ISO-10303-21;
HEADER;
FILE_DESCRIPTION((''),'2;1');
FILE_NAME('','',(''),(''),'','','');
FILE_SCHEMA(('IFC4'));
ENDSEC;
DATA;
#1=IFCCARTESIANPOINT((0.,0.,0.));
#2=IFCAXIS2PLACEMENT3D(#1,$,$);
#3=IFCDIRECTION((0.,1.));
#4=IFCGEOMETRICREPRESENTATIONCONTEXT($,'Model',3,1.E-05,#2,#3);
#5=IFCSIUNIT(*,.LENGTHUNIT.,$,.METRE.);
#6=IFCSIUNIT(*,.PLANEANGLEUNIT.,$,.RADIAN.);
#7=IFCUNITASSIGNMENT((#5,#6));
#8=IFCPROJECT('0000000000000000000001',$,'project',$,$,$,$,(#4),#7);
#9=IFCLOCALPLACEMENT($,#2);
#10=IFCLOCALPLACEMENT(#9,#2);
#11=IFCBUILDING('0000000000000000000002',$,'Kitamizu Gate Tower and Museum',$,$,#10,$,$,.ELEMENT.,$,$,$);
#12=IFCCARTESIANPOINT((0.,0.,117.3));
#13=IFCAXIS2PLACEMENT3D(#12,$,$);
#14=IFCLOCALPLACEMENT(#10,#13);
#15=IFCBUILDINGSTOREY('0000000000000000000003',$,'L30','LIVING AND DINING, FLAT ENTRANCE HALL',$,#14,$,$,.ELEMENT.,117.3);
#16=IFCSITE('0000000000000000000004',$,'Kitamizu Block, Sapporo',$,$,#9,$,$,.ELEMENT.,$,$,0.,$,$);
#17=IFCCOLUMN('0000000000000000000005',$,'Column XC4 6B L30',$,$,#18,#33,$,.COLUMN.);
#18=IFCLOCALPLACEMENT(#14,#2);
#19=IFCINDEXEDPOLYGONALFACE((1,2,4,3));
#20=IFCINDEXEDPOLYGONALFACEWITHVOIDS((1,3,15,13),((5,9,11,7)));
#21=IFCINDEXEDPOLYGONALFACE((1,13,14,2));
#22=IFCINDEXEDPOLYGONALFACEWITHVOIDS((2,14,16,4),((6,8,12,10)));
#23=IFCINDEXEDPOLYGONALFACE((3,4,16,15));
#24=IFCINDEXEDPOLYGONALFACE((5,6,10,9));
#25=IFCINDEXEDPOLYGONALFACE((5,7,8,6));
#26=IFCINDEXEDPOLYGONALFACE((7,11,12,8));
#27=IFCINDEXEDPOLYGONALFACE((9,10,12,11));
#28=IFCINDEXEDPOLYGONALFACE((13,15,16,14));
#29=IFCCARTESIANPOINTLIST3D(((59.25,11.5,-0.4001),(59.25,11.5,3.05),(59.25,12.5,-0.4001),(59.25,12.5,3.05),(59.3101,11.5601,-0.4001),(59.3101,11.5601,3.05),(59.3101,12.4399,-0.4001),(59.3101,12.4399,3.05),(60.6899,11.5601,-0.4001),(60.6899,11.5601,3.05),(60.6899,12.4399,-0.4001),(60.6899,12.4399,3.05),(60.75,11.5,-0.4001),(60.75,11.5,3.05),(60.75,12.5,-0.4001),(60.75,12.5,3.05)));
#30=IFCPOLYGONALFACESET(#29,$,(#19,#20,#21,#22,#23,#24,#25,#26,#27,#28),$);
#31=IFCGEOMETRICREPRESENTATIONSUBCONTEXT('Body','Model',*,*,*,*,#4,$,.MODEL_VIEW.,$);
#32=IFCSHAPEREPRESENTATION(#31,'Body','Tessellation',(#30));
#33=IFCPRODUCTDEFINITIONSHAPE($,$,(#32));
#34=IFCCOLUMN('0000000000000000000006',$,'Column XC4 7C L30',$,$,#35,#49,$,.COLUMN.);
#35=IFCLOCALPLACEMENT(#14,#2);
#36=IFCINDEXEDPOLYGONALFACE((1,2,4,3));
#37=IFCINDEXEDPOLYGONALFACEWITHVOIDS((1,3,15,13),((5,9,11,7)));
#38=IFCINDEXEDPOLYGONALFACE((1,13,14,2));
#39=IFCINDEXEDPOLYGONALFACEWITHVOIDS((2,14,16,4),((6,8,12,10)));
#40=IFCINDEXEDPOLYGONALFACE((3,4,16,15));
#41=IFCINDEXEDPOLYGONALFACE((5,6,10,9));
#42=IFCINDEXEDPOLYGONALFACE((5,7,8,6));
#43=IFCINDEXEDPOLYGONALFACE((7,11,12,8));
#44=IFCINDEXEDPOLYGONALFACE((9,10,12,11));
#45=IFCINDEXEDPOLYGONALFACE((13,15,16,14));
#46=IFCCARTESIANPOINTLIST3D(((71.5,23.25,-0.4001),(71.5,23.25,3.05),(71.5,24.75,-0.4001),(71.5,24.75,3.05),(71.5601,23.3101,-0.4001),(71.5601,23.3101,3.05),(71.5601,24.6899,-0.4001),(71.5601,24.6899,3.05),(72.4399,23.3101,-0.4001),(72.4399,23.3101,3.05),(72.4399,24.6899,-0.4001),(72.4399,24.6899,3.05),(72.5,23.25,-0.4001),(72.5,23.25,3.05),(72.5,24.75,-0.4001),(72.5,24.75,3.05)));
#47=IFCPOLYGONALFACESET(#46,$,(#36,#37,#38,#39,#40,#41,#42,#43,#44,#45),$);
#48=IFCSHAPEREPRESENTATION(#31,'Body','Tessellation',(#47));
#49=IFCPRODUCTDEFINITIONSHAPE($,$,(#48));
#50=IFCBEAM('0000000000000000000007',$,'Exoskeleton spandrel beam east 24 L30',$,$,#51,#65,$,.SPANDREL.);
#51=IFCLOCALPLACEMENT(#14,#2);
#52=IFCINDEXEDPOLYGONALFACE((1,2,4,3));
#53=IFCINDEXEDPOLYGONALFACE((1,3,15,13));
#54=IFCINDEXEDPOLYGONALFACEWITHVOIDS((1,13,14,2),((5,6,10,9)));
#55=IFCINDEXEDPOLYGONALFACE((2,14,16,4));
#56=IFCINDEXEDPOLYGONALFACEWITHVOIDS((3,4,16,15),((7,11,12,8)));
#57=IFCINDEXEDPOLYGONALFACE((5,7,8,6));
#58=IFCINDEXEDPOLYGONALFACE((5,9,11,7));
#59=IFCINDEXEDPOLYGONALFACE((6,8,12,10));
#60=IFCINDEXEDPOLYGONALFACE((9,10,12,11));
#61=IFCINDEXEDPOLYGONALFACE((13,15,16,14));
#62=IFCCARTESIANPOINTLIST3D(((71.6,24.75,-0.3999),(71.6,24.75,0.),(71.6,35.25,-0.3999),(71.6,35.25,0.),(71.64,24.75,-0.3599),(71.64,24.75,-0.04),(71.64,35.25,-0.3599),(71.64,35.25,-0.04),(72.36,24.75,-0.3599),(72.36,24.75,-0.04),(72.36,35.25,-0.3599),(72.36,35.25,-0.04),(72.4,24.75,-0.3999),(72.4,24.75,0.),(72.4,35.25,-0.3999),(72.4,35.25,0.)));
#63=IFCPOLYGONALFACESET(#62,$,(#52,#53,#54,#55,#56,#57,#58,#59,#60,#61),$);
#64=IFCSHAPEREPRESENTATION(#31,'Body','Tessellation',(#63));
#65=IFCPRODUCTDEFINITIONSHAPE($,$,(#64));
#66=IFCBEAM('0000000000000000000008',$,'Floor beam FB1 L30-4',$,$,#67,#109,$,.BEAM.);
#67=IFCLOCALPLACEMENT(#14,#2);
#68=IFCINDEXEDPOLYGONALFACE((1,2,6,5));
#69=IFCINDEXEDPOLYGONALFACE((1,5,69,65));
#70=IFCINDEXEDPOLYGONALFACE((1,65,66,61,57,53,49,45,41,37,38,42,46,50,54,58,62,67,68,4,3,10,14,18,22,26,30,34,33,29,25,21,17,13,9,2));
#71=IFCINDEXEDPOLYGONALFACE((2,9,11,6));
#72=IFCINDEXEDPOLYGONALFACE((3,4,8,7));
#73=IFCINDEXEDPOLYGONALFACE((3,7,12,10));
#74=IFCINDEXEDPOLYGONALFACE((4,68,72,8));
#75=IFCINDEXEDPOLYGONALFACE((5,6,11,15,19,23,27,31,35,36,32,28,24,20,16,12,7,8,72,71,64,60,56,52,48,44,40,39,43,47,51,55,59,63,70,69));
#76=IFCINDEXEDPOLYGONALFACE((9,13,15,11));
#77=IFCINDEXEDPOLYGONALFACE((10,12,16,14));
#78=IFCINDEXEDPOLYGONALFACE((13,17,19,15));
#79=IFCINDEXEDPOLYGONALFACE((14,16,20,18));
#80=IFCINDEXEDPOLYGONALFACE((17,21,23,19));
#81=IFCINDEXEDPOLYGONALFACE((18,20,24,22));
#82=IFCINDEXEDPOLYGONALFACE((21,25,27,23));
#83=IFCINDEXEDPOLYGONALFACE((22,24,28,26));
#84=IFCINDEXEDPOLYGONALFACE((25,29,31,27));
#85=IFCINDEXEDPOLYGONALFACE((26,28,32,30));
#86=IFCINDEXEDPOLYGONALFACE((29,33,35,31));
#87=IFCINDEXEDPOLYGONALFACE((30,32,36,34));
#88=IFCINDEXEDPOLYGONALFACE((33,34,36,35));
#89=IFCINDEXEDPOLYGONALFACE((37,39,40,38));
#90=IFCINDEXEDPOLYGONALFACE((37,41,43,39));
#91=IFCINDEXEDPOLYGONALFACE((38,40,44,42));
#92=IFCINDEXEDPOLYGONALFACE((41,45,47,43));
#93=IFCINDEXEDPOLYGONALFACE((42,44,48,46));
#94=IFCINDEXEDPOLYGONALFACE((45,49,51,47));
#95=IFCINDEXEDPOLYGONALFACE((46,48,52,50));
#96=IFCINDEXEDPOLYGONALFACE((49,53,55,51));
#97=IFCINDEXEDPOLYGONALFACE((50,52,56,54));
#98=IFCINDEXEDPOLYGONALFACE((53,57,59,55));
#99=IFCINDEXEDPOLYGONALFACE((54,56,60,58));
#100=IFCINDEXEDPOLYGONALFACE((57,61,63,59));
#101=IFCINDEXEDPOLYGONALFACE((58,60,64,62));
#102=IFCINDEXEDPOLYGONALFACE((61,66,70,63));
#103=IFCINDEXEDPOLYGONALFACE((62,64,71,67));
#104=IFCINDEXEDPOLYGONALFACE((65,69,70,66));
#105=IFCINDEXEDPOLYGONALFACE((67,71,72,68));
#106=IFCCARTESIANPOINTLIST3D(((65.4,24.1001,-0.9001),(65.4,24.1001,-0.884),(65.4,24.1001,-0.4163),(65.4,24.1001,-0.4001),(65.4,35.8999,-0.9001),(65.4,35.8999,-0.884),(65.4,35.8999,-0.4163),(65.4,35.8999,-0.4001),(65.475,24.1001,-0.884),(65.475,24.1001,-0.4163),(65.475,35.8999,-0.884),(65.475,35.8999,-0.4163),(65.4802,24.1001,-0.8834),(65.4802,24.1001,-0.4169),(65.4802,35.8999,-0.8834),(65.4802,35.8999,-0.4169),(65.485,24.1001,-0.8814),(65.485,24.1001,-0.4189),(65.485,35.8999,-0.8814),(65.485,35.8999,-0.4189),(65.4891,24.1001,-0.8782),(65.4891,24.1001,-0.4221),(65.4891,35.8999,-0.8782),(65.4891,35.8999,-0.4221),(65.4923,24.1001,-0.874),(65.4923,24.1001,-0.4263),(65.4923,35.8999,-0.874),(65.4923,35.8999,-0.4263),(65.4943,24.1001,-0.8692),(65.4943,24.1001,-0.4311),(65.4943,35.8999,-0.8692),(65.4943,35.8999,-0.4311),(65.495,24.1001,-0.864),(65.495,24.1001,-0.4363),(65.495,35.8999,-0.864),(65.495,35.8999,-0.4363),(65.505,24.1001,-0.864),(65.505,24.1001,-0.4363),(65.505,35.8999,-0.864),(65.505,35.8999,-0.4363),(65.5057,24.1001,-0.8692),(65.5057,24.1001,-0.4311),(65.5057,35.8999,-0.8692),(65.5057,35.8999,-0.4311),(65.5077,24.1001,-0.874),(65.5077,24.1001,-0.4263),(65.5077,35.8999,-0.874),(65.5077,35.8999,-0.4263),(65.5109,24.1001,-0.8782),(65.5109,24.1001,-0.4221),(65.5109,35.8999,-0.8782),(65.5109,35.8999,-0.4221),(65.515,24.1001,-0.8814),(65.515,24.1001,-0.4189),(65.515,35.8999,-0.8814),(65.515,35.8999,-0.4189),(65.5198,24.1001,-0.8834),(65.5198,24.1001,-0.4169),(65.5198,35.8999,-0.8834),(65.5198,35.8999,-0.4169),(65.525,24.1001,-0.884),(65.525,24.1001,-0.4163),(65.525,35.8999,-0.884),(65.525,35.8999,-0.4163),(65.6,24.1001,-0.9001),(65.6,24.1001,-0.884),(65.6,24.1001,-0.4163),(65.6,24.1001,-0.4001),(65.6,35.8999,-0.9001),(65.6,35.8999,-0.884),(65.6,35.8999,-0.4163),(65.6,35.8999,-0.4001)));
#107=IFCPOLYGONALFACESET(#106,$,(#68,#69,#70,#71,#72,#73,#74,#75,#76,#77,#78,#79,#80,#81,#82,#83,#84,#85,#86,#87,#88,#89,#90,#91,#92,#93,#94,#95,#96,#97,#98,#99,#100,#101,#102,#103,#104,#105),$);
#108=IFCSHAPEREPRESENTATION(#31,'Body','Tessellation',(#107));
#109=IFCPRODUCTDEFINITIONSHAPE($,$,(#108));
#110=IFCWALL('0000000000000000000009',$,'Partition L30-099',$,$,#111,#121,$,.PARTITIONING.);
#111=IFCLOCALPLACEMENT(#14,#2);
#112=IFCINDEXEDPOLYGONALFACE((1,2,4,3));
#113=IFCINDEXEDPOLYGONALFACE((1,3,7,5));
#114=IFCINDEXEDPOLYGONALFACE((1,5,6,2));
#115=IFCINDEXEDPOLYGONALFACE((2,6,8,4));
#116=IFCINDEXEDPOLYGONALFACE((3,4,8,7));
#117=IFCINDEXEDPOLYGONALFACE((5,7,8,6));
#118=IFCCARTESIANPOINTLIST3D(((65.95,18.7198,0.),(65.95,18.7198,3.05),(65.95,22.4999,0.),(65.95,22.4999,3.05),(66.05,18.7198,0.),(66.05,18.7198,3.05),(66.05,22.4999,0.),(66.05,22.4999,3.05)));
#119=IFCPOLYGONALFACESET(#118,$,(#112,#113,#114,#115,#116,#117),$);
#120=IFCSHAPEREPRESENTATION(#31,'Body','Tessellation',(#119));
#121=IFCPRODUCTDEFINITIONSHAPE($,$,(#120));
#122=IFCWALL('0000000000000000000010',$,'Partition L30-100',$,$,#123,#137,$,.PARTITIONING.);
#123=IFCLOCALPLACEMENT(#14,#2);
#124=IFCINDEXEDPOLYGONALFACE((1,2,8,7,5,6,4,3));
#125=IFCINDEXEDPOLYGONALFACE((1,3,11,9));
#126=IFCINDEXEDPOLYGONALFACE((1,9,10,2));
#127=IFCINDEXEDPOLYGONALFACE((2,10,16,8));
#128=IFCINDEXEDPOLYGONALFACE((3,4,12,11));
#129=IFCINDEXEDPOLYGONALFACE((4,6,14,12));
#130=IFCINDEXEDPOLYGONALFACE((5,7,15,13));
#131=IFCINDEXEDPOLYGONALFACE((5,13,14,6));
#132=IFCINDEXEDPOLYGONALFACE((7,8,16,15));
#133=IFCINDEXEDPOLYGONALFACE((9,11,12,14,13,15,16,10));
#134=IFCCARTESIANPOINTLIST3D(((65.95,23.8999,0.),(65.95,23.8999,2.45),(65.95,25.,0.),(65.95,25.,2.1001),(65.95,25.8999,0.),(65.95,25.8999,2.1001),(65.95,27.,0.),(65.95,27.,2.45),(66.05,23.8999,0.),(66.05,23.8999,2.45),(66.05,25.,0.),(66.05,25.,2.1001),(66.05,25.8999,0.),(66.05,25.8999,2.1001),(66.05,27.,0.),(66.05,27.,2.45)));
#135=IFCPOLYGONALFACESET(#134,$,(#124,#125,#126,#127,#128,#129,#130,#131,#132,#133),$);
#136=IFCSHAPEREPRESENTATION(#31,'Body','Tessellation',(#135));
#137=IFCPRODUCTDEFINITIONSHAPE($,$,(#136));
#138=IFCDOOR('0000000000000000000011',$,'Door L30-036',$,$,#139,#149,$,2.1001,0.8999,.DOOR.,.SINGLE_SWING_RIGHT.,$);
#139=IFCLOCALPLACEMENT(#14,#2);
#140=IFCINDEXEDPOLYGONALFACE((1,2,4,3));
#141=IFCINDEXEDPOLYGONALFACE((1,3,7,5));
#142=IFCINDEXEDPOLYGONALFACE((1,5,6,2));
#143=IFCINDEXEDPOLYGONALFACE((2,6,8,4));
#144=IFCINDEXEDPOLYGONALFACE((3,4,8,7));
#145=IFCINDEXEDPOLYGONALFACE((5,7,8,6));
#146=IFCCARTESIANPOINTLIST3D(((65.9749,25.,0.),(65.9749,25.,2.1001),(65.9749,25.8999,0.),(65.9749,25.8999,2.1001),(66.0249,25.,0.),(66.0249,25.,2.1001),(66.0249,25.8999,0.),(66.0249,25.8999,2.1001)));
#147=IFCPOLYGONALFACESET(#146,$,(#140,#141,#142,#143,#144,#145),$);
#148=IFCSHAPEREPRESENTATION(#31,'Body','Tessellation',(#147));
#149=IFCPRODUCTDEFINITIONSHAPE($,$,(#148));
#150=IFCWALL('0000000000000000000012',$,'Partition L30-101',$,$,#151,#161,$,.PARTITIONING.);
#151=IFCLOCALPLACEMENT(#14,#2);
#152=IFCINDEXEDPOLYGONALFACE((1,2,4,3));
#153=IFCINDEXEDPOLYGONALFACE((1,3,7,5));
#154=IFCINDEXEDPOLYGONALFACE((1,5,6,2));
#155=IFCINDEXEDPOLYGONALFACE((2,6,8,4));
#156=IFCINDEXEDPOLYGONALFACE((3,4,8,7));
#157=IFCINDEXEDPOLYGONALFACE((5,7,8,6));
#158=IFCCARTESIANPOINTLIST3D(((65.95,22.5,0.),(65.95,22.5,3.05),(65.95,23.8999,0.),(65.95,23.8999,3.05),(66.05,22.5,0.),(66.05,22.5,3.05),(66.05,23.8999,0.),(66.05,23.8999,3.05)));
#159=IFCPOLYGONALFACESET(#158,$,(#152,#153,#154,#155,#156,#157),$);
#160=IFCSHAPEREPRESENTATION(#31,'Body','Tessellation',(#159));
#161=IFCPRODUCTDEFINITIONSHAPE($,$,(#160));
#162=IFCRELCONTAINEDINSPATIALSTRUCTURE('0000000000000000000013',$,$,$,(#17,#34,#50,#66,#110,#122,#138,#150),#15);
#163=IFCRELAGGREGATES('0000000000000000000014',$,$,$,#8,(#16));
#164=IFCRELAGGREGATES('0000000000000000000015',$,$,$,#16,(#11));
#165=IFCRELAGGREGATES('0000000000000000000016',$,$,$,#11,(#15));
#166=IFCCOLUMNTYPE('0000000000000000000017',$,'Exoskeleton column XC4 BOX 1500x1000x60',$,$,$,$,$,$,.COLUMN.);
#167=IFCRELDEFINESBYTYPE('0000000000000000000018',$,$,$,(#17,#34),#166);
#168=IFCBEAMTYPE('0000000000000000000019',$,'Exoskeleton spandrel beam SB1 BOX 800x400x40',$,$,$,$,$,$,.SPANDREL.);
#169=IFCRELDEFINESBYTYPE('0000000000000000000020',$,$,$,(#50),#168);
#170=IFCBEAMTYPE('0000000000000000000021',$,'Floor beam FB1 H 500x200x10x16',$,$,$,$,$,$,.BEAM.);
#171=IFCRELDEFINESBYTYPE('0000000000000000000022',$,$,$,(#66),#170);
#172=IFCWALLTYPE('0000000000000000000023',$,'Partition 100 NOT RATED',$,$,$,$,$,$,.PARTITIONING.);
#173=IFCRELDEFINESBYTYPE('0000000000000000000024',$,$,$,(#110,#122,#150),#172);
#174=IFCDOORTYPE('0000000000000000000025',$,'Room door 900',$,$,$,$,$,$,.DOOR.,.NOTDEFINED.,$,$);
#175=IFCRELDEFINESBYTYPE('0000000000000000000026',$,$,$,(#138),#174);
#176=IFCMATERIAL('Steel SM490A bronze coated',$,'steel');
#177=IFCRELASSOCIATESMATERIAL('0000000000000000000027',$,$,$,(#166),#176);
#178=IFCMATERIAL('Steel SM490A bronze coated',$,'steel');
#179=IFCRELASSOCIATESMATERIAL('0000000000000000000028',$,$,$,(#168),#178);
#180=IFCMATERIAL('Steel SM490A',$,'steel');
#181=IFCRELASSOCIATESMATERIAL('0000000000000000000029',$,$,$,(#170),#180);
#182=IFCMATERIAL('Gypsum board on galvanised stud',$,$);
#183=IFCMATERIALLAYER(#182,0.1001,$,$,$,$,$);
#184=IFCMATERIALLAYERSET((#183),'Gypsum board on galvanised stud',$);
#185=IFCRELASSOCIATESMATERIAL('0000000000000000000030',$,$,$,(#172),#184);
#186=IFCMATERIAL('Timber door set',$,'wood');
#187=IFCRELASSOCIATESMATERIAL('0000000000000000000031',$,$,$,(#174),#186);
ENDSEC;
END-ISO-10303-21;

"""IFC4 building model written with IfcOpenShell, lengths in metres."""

from ifc_helpers import new_model, si_unit, direction, frame, frame_2d, origin, origin_2d, place, context, subcontext, project, spatial, rectangle, hollow_rectangle, i_section, extrude, material, layer, layer_set, material_profile, profile_set, type_object, element, fill, save


model = new_model("IFC4")

# Units and contexts
model_context = context("Model", 3, precision=1e-05, world=origin(), true_north=direction((0.0, 1.0)))
body_context = subcontext(model_context, "Body", "Model", "MODEL_VIEW")
ifc_project = project(units=[si_unit("LENGTHUNIT", "METRE"), si_unit("PLANEANGLEUNIT", "RADIAN")], contexts=[model_context])

# Site, building, storey
site_placement = place(None, origin())
site = spatial("IfcSite", under=ifc_project, at=site_placement, Name="Kitamizu Block, Sapporo", CompositionType="ELEMENT", RefElevation=0.0)
building_placement = place(site_placement, origin())
building = spatial("IfcBuilding", under=site, at=building_placement, Name="Kitamizu Gate Tower and Museum", CompositionType="ELEMENT")
storey_placement = place(building_placement, frame((0.0, 0.0, 117.3)))
storey = spatial("IfcBuildingStorey", under=building, at=storey_placement, Name="L30", Description="LIVING AND DINING, FLAT ENTRANCE HALL", CompositionType="ELEMENT", Elevation=117.3)

# Columns
ifc_material_1 = material(Name="Steel SM490A bronze coated", Category="steel")
ifc_material_profile_1 = material_profile(ifc_material_1, hollow_rectangle(XDim=1.5, YDim=1.0, WallThickness=0.0601, at=origin_2d()), Name="BOX 1500x1000x60")
ifc_profile_set_1 = profile_set([ifc_material_profile_1], Name="Steel SM490A bronze coated")
column_type = type_object("IfcColumnType", Name="Exoskeleton column XC4 BOX 1500x1000x60", PredefinedType="COLUMN", material=ifc_profile_set_1)
for number, where, z_axis, x_axis, name in (
    (1, (60.0, 12.0, -0.4001), (0.0, 0.0, 1.0), (1.0, 0.0, 0.0), "Column XC4 6B L30"),
    (2, (72.0, 24.0, -0.4001), (0.0, 0.0, 1.0), (0.0, 1.0, 0.0), "Column XC4 7C L30"),
):
    element("IfcColumn", number, at=place(storey_placement, frame(where, z_axis=z_axis, x_axis=x_axis)), inside=storey, type_object=column_type, Name=name, PredefinedType="COLUMN", context=body_context, shape_type="SweptSolid", body=[
        extrude(hollow_rectangle(XDim=1.5, YDim=1.0, WallThickness=0.0601, at=origin_2d()), origin(), (0.0, 0.0, 1.0), 3.4502),
    ])

# Beams
ifc_material_2 = material(Name="Steel SM490A bronze coated", Category="steel")
ifc_material_profile_2 = material_profile(ifc_material_2, hollow_rectangle(XDim=0.8, YDim=0.3999, WallThickness=0.04, at=origin_2d()), Name="BOX 800x400x40")
ifc_profile_set_2 = profile_set([ifc_material_profile_2], Name="Steel SM490A bronze coated")
beam_type_1 = type_object("IfcBeamType", Name="Exoskeleton spandrel beam SB1 BOX 800x400x40", PredefinedType="SPANDREL", material=ifc_profile_set_2)
beam_1_placement = place(storey_placement, frame((72.0, 24.75, -0.2), z_axis=(0.0, 1.0, 0.0), x_axis=(-1.0, 0.0, 0.0)))
element("IfcBeam", 3, at=beam_1_placement, inside=storey, type_object=beam_type_1, Name="Exoskeleton spandrel beam east 24 L30", PredefinedType="SPANDREL", context=body_context, shape_type="SweptSolid", body=[
    extrude(hollow_rectangle(XDim=0.8, YDim=0.3999, WallThickness=0.04, at=origin_2d()), origin(), (0.0, 0.0, 1.0), 10.5),
])
ifc_material_3 = material(Name="Steel SM490A", Category="steel")
ifc_material_profile_3 = material_profile(ifc_material_3, i_section(OverallWidth=0.2, OverallDepth=0.5, WebThickness=0.01, FlangeThickness=0.0161, FilletRadius=0.02, at=origin_2d()), Name="H-500x200x10x16")
ifc_profile_set_3 = profile_set([ifc_material_profile_3], Name="Steel SM490A")
beam_type_2 = type_object("IfcBeamType", Name="Floor beam FB1 H 500x200x10x16", PredefinedType="BEAM", material=ifc_profile_set_3)
beam_2_placement = place(storey_placement, frame((65.5, 24.1001, -0.6501), z_axis=(0.0, 1.0, 0.0), x_axis=(-1.0, 0.0, 0.0)))
element("IfcBeam", 4, at=beam_2_placement, inside=storey, type_object=beam_type_2, Name="Floor beam FB1 L30-4", PredefinedType="BEAM", context=body_context, shape_type="SweptSolid", body=[
    extrude(i_section(OverallWidth=0.2, OverallDepth=0.5, WebThickness=0.01, FlangeThickness=0.0161, FilletRadius=0.02, at=origin_2d()), origin(), (0.0, 0.0, 1.0), 11.7998),
])

# Wall
ifc_material_4 = material(Name="Gypsum board on galvanised stud")
ifc_layer_1 = layer(ifc_material_4, 0.1001)
ifc_layer_set_1 = layer_set([ifc_layer_1], Name="Gypsum board on galvanised stud")
wall_type_1 = type_object("IfcWallType", Name="Partition 100 NOT RATED", PredefinedType="PARTITIONING", material=ifc_layer_set_1)
wall_1_placement = place(storey_placement, frame((66.0, 22.5, 0.0), z_axis=(0.0, 0.0, 1.0), x_axis=(0.0, -1.0, 0.0)))
element("IfcWall", 5, at=wall_1_placement, inside=storey, type_object=wall_type_1, Name="Partition L30-099", PredefinedType="PARTITIONING", context=body_context, shape_type="SweptSolid", body=[
    extrude(rectangle(XDim=3.78, YDim=0.1001, at=frame_2d((1.8901, 0.0))), origin(), (0.0, 0.0, 1.0), 3.05),
])

# Wall, opening, door
wall_2_placement = place(storey_placement, frame((66.0, 27.0, 0.0), z_axis=(0.0, 0.0, 1.0), x_axis=(0.0, -1.0, 0.0)))
wall_2 = element("IfcWall", 6, at=wall_2_placement, inside=storey, type_object=wall_type_1, Name="Partition L30-100", PredefinedType="PARTITIONING", context=body_context, shape_type="SweptSolid", body=[
    extrude(rectangle(XDim=3.1001, YDim=0.1001, at=frame_2d((1.55, 0.0))), origin(), (0.0, 0.0, 1.0), 2.45),
])
opening_1_placement = place(wall_2_placement, frame((1.1001, 0.0, 0.0)))
opening_1 = element("IfcOpeningElement", 7, at=opening_1_placement, cuts=wall_2, PredefinedType="OPENING", context=body_context, shape_type="SweptSolid", body=[
    extrude(rectangle(XDim=0.8999, YDim=2.1001, at=frame_2d((0.45, 1.05))), frame((0.0, 0.0601, 0.0), z_axis=(0.0, -1.0, 0.0), x_axis=(1.0, 0.0, 0.0)), (0.0, 0.0, 1.0), 0.1201),
])
ifc_material_5 = material(Name="Timber door set", Category="wood")
door_type_1 = type_object("IfcDoorType", Name="Room door 900", OperationType="NOTDEFINED", PredefinedType="DOOR", material=ifc_material_5)
door_1_placement = place(opening_1_placement, origin())
door_1 = element("IfcDoor", 8, at=door_1_placement, inside=storey, type_object=door_type_1, Name="Door L30-036", OperationType="SINGLE_SWING_RIGHT", OverallHeight=2.1001, OverallWidth=0.8999, PredefinedType="DOOR", context=body_context, shape_type="SweptSolid", body=[
    extrude(rectangle(XDim=0.8999, YDim=2.1001, at=frame_2d((0.45, 1.05))), frame((0.0, 0.0249, 0.0), z_axis=(0.0, -1.0, 0.0), x_axis=(1.0, 0.0, 0.0)), (0.0, 0.0, 1.0), 0.05),
])
fill(opening_1, door_1)

# Wall
wall_3_placement = place(storey_placement, frame((66.0, 23.8999, 0.0), z_axis=(0.0, 0.0, 1.0), x_axis=(0.0, -1.0, 0.0)))
element("IfcWall", 9, at=wall_3_placement, inside=storey, type_object=wall_type_1, Name="Partition L30-101", PredefinedType="PARTITIONING", context=body_context, shape_type="SweptSolid", body=[
    extrude(rectangle(XDim=1.3999, YDim=0.1001, at=frame_2d((0.7, 0.0))), origin(), (0.0, 0.0, 1.0), 3.05),
])

save(model, "model.ifc")
